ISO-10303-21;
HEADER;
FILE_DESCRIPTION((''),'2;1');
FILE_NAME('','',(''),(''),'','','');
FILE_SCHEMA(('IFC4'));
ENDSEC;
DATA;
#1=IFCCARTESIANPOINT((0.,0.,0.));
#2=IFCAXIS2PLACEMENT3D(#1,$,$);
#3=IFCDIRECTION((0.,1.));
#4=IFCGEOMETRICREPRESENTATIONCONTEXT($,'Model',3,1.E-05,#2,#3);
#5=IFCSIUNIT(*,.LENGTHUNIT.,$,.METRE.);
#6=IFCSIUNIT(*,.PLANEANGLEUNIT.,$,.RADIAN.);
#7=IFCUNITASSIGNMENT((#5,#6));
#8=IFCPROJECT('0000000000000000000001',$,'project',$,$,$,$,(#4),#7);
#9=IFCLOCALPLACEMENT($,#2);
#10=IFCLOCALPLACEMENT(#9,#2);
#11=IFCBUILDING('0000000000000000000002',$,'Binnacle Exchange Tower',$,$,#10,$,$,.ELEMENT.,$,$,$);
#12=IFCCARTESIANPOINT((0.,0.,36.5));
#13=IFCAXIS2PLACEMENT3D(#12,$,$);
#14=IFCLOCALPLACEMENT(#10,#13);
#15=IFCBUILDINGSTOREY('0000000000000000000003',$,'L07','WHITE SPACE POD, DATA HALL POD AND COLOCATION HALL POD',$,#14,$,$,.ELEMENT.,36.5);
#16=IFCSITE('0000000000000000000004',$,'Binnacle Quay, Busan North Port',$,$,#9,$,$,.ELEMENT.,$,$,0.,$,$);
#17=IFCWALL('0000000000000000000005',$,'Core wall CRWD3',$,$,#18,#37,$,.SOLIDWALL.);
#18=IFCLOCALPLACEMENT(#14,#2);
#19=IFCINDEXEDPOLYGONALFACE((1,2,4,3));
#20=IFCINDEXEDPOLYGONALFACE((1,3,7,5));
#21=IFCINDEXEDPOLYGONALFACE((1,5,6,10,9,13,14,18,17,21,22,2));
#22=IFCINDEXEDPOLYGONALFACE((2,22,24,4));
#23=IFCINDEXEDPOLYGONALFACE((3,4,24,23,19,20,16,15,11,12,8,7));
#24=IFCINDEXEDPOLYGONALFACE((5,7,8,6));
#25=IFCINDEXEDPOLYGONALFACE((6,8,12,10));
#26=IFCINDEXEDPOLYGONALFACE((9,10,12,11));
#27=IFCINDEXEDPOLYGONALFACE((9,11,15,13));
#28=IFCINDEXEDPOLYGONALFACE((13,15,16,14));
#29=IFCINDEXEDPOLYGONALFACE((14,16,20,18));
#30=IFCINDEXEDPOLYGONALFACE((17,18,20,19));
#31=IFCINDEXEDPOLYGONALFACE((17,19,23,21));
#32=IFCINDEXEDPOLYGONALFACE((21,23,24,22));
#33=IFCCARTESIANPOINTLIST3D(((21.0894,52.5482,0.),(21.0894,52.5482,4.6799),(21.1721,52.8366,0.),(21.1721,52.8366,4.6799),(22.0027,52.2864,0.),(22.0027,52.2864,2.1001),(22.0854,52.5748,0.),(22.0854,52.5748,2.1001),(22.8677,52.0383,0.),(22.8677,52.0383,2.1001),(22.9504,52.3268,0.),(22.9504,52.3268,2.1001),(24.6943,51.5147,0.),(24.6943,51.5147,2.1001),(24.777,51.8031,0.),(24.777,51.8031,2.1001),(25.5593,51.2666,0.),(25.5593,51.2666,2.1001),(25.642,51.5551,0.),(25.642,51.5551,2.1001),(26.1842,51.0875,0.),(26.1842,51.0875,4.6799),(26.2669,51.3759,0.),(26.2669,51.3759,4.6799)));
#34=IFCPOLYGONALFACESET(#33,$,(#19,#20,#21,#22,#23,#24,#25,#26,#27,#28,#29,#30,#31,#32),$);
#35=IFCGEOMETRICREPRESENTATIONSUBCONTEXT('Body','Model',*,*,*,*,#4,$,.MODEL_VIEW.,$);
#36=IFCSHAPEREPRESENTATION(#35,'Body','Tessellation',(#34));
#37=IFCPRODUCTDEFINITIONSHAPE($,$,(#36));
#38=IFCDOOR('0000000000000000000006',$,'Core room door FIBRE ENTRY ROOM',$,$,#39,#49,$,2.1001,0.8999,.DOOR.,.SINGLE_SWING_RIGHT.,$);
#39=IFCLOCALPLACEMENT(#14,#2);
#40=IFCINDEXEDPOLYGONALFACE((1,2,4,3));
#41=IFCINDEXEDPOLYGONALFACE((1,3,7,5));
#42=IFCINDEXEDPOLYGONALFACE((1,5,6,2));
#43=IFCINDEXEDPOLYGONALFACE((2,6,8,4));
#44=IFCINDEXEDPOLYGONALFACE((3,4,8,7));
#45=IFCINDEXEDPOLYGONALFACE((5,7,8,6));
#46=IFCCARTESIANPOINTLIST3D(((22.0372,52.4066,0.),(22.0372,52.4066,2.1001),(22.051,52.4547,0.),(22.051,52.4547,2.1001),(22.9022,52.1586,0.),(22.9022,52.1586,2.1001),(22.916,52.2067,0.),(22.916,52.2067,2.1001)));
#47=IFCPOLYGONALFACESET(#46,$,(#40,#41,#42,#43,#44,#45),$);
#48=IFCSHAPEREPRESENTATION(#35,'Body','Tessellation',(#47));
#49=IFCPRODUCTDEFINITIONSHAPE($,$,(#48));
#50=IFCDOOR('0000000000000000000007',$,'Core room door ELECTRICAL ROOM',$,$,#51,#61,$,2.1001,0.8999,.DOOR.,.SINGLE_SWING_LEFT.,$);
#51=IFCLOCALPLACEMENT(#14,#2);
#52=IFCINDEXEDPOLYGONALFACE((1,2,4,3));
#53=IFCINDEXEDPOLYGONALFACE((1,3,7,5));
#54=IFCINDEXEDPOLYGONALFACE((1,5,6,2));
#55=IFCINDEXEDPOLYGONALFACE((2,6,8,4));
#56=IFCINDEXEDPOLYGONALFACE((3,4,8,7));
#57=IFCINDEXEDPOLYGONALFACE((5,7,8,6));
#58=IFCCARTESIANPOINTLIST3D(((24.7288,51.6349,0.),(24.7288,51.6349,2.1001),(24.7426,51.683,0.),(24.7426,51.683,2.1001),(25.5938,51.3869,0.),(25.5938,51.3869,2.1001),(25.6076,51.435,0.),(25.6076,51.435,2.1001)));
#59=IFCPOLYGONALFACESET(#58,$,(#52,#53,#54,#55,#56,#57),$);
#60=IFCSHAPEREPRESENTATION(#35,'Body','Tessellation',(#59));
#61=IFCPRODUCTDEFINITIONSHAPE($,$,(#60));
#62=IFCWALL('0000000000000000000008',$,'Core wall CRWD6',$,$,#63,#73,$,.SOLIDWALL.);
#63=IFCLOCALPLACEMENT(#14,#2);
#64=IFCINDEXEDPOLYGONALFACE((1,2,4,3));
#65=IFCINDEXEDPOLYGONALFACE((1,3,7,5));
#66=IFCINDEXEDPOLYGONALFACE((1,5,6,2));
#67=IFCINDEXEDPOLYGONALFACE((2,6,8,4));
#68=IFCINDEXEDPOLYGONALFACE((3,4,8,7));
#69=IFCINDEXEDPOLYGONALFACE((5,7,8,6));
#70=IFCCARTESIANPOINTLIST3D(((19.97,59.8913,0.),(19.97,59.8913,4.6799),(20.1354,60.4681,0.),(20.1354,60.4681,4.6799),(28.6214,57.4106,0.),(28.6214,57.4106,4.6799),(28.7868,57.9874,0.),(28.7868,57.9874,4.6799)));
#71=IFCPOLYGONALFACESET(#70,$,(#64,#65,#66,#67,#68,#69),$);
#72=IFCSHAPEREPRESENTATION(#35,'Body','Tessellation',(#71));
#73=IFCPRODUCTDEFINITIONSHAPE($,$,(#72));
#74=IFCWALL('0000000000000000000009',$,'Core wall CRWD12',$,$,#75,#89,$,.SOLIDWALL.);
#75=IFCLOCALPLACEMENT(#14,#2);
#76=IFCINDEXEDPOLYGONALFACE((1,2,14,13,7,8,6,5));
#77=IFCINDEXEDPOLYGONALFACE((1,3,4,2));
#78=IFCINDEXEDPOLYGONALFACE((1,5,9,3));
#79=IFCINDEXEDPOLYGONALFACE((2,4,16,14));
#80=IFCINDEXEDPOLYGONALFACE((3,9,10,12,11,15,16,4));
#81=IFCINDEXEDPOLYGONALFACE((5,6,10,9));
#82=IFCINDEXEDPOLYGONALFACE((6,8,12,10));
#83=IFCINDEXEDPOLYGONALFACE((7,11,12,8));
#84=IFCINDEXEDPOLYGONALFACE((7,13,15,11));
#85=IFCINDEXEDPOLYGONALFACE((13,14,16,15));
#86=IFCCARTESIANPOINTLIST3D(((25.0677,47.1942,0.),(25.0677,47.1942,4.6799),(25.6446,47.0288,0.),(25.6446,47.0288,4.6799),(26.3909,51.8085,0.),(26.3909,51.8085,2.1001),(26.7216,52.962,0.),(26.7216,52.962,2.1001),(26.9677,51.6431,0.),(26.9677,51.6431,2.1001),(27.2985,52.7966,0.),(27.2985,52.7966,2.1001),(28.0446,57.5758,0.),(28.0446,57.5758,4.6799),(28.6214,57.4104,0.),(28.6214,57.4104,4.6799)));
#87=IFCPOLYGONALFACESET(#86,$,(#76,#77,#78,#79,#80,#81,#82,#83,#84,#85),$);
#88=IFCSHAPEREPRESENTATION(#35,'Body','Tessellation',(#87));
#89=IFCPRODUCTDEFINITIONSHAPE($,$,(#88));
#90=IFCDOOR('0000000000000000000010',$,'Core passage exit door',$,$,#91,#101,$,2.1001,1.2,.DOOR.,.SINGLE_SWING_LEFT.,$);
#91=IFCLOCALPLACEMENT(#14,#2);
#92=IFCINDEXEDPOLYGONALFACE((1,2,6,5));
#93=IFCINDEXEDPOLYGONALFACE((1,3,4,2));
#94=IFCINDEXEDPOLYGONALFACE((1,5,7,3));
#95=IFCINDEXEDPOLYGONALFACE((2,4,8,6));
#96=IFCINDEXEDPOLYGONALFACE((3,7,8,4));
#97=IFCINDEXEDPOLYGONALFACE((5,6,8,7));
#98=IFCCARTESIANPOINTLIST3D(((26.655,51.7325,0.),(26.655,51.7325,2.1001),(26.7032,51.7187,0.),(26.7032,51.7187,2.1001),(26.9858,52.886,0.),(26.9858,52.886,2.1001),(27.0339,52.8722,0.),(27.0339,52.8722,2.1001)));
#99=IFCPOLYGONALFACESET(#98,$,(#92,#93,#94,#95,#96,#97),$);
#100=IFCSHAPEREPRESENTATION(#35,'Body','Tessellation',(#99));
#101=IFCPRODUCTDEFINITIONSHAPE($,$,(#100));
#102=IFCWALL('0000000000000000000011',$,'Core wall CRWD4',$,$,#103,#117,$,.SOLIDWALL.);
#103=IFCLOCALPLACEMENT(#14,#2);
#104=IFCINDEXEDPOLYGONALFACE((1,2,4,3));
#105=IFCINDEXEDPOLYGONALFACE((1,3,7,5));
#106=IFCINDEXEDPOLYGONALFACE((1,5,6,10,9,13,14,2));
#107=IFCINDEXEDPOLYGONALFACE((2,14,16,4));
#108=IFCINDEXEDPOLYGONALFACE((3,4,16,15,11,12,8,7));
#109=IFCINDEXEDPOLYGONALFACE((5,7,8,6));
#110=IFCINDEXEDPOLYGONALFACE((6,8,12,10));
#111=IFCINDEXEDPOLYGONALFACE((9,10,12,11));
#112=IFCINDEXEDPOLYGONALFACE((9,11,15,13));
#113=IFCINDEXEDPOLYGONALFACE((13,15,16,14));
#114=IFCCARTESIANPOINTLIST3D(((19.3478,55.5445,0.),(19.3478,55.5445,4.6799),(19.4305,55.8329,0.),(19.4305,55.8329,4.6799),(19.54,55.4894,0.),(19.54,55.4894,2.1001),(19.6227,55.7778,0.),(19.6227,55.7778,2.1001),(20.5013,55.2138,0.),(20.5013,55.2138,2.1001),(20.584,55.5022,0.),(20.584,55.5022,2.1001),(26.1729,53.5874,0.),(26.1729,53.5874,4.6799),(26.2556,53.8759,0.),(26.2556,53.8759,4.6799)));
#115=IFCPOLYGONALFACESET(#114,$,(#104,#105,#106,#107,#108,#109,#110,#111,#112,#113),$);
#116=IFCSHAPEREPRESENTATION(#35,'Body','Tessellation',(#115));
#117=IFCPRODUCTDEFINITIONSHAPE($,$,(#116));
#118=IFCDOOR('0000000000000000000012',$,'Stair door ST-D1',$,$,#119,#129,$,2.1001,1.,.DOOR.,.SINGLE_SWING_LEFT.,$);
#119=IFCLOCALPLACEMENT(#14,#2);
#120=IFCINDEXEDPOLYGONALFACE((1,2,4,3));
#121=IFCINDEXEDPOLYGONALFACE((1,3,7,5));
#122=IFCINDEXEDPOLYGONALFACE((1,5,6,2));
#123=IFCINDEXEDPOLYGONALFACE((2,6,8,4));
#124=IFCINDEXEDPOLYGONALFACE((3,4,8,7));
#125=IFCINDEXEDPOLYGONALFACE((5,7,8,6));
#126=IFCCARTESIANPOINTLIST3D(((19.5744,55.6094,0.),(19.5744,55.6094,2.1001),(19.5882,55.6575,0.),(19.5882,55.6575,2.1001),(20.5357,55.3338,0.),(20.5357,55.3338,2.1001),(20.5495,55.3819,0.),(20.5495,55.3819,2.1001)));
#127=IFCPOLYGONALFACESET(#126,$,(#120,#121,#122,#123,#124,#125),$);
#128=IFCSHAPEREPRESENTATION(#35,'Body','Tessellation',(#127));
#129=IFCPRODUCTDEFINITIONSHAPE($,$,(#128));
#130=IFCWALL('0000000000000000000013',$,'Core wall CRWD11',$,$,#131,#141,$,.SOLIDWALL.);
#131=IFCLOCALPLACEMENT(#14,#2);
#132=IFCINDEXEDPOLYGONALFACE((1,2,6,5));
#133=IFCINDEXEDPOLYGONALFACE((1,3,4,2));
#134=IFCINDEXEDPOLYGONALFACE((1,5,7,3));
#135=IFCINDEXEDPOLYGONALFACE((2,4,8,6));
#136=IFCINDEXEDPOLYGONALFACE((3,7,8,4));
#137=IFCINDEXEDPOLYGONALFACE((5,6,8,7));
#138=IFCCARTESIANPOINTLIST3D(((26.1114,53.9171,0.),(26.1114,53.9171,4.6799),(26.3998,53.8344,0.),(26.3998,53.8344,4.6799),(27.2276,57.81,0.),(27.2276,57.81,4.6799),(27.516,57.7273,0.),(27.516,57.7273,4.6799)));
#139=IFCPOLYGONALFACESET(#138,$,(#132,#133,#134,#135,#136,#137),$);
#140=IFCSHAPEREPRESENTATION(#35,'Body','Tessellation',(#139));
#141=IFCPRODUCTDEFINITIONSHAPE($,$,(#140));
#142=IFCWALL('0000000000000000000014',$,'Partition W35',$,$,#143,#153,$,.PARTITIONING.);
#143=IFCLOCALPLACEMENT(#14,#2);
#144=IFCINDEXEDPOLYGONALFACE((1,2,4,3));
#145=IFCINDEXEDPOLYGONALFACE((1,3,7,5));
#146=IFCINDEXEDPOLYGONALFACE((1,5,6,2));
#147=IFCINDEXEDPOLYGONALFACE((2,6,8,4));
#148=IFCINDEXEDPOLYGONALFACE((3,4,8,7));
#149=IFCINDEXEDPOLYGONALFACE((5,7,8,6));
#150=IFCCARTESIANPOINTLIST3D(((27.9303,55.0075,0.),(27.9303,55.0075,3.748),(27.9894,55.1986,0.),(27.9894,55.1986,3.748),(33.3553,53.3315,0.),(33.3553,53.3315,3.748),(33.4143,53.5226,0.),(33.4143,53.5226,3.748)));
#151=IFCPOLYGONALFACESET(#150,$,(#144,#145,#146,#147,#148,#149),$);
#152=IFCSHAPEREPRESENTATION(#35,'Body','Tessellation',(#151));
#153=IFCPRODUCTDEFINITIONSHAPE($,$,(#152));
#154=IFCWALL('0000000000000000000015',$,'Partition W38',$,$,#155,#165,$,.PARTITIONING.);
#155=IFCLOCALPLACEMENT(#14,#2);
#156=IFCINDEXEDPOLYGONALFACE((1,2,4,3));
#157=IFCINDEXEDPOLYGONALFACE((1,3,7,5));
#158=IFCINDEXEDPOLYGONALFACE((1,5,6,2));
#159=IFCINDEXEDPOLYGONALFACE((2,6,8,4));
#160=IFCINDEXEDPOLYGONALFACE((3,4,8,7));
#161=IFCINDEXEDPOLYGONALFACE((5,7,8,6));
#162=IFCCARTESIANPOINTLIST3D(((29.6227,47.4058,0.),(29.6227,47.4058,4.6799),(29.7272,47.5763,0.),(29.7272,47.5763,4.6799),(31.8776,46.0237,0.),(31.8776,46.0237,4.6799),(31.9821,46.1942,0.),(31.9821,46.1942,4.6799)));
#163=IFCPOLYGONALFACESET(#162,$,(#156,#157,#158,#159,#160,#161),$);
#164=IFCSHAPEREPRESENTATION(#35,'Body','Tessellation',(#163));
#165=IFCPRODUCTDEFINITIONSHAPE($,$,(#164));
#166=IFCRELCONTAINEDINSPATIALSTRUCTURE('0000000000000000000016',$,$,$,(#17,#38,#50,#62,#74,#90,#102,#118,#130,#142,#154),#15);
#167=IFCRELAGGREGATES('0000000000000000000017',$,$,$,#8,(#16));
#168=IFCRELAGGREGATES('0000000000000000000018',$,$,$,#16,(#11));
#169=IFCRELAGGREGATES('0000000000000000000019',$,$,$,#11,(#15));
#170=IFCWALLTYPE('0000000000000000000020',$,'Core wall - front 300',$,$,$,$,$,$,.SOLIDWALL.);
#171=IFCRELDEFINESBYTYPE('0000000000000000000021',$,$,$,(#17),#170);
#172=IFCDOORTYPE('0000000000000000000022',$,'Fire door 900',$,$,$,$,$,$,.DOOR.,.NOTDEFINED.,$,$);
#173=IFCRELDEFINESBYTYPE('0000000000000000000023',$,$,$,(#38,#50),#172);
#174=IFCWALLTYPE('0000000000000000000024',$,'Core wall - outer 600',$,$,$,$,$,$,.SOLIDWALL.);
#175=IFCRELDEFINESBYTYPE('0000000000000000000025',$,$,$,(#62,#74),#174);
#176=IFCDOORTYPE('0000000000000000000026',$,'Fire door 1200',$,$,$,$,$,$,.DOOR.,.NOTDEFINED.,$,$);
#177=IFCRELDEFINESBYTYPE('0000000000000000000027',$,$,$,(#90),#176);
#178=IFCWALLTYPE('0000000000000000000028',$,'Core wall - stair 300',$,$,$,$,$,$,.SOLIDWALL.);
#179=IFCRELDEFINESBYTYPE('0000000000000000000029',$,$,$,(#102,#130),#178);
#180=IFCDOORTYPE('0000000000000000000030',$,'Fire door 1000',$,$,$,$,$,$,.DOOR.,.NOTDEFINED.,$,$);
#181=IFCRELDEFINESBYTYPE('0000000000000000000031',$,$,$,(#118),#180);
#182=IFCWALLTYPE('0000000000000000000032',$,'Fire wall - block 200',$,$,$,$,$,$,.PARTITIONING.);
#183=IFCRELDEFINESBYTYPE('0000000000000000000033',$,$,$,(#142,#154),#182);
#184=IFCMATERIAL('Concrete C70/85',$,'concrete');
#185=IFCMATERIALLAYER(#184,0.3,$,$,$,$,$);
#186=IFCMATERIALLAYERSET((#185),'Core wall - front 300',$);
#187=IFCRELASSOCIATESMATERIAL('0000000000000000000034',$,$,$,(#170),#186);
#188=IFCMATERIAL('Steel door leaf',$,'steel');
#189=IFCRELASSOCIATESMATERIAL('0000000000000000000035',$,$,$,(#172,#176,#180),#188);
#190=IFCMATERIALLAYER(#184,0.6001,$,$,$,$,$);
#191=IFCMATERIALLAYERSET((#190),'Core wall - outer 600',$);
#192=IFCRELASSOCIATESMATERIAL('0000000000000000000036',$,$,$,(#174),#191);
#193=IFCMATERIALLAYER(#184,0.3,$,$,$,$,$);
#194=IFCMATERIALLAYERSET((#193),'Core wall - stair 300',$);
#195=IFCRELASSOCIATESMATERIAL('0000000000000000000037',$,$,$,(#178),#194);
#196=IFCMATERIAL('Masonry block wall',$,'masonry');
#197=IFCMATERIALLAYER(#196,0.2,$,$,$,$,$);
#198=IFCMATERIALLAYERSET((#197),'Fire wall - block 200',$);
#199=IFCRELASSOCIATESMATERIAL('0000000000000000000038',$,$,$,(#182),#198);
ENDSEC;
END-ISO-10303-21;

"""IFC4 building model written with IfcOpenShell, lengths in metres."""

from ifc_helpers import new_model, si_unit, direction, frame, frame_2d, origin, place, context, subcontext, project, spatial, rectangle, extrude, material, layer, layer_set, type_object, element, fill, save


model = new_model("IFC4")

# Units and contexts
model_context = context("Model", 3, precision=1e-05, world=origin(), true_north=direction((0.0, 1.0)))
body_context = subcontext(model_context, "Body", "Model", "MODEL_VIEW")
ifc_project = project(units=[si_unit("LENGTHUNIT", "METRE"), si_unit("PLANEANGLEUNIT", "RADIAN")], contexts=[model_context])

# Site, building, storey
site_placement = place(None, origin())
site = spatial("IfcSite", under=ifc_project, at=site_placement, Name="Binnacle Quay, Busan North Port", CompositionType="ELEMENT", RefElevation=0.0)
building_placement = place(site_placement, origin())
building = spatial("IfcBuilding", under=site, at=building_placement, Name="Binnacle Exchange Tower", CompositionType="ELEMENT")
storey_placement = place(building_placement, frame((0.0, 0.0, 36.5)))
storey = spatial("IfcBuildingStorey", under=building, at=storey_placement, Name="L07", Description="WHITE SPACE POD, DATA HALL POD AND COLOCATION HALL POD", CompositionType="ELEMENT", Elevation=36.5)

# Shared definitions
ifc_material_1 = material(Name="Concrete C70/85", Category="concrete")

# Wall, openings, doors
ifc_layer_1 = layer(ifc_material_1, 0.3)
ifc_layer_set_1 = layer_set([ifc_layer_1], Name="Core wall - front 300")
wall_type_1 = type_object("IfcWallType", Name="Core wall - front 300", PredefinedType="SOLIDWALL", material=ifc_layer_set_1)
wall_1_placement = place(storey_placement, frame((21.1309, 52.6924, 0.0), z_axis=(0.0, 0.0, 1.0), x_axis=(0.961271, -0.275603, 0.0)))
wall_1 = element("IfcWall", 1, at=wall_1_placement, inside=storey, type_object=wall_type_1, Name="Core wall CRWD3", PredefinedType="SOLIDWALL", context=body_context, shape_type="SweptSolid", body=[
    extrude(rectangle(XDim=5.3, YDim=0.3, at=frame_2d((2.6499, 0.0))), origin(), (0.0, 0.0, 1.0), 4.6799),
])
opening_1_placement = place(wall_1_placement, frame((0.95, 0.0, 0.0)))
opening_1 = element("IfcOpeningElement", 2, at=opening_1_placement, cuts=wall_1, PredefinedType="OPENING", context=body_context, shape_type="SweptSolid", body=[
    extrude(rectangle(XDim=0.8999, YDim=2.1001, at=frame_2d((0.45, 1.05))), frame((0.0, 0.1599, 0.0), z_axis=(0.0, -1.0, 0.0), x_axis=(1.0, 0.0, 0.0)), (0.0, 0.0, 1.0), 0.3201),
])
opening_2_placement = place(wall_1_placement, frame((3.75, 0.0, 0.0)))
opening_2 = element("IfcOpeningElement", 3, at=opening_2_placement, cuts=wall_1, PredefinedType="OPENING", context=body_context, shape_type="SweptSolid", body=[
    extrude(rectangle(XDim=0.8999, YDim=2.1001, at=frame_2d((0.45, 1.05))), frame((0.0, 0.1599, 0.0), z_axis=(0.0, -1.0, 0.0), x_axis=(1.0, 0.0, 0.0)), (0.0, 0.0, 1.0), 0.3201),
])
ifc_material_2 = material(Name="Steel door leaf", Category="steel")
door_type_1 = type_object("IfcDoorType", Name="Fire door 900", OperationType="NOTDEFINED", PredefinedType="DOOR", material=ifc_material_2)
door_1_placement = place(opening_1_placement, frame((0.8999, 0.0, 0.0), z_axis=(0.0, 0.0, 1.0), x_axis=(-1.0, 0.0, 0.0)))
door_1 = element("IfcDoor", 4, at=door_1_placement, inside=storey, type_object=door_type_1, Name="Core room door FIBRE ENTRY ROOM", OperationType="SINGLE_SWING_RIGHT", OverallHeight=2.1001, OverallWidth=0.8999, PredefinedType="DOOR", context=body_context, shape_type="SweptSolid", body=[
    extrude(rectangle(XDim=0.8999, YDim=2.1001, at=frame_2d((0.45, 1.05))), frame((0.0, 0.0249, 0.0), z_axis=(0.0, -1.0, 0.0), x_axis=(1.0, 0.0, 0.0)), (0.0, 0.0, 1.0), 0.05),
])
fill(opening_1, door_1)
door_2_placement = place(opening_2_placement, frame((0.8999, 0.0, 0.0), z_axis=(0.0, 0.0, 1.0), x_axis=(-1.0, 0.0, 0.0)))
door_2 = element("IfcDoor", 5, at=door_2_placement, inside=storey, type_object=door_type_1, Name="Core room door ELECTRICAL ROOM", OperationType="SINGLE_SWING_LEFT", OverallHeight=2.1001, OverallWidth=0.8999, PredefinedType="DOOR", context=body_context, shape_type="SweptSolid", body=[
    extrude(rectangle(XDim=0.8999, YDim=2.1001, at=frame_2d((0.45, 1.05))), frame((0.0, 0.0249, 0.0), z_axis=(0.0, -1.0, 0.0), x_axis=(1.0, 0.0, 0.0)), (0.0, 0.0, 1.0), 0.05),
])
fill(opening_2, door_2)

# Wall
ifc_layer_2 = layer(ifc_material_1, 0.6001)
ifc_layer_set_2 = layer_set([ifc_layer_2], Name="Core wall - outer 600")
wall_type_2 = type_object("IfcWallType", Name="Core wall - outer 600", PredefinedType="SOLIDWALL", material=ifc_layer_set_2)
wall_2_placement = place(storey_placement, frame((20.0527, 60.1797, 0.0), z_axis=(0.0, 0.0, 1.0), x_axis=(0.961262, -0.275635, 0.0)))
element("IfcWall", 6, at=wall_2_placement, inside=storey, type_object=wall_type_2, Name="Core wall CRWD6", PredefinedType="SOLIDWALL", context=body_context, shape_type="SweptSolid", body=[
    extrude(rectangle(XDim=9.0, YDim=0.6001, at=frame_2d((4.5, 0.0))), origin(), (0.0, 0.0, 1.0), 4.6799),
])

# Walls, openings, doors
wall_3_placement = place(storey_placement, frame((25.3562, 47.1116, 0.0), z_axis=(0.0, 0.0, 1.0), x_axis=(0.275632, 0.961263, 0.0)))
wall_3 = element("IfcWall", 7, at=wall_3_placement, inside=storey, type_object=wall_type_2, Name="Core wall CRWD12", PredefinedType="SOLIDWALL", context=body_context, shape_type="SweptSolid", body=[
    extrude(rectangle(XDim=10.8, YDim=0.6001, at=frame_2d((5.3999, 0.0))), origin(), (0.0, 0.0, 1.0), 4.6799),
])
opening_3_placement = place(wall_3_placement, frame((4.8, 0.0, 0.0)))
opening_3 = element("IfcOpeningElement", 8, at=opening_3_placement, cuts=wall_3, PredefinedType="OPENING", context=body_context, shape_type="SweptSolid", body=[
    extrude(rectangle(XDim=1.2, YDim=2.1001, at=frame_2d((0.6001, 1.05))), frame((0.0, 0.3101, 0.0), z_axis=(0.0, -1.0, 0.0), x_axis=(1.0, 0.0, 0.0)), (0.0, 0.0, 1.0), 0.6201),
])
door_type_2 = type_object("IfcDoorType", Name="Fire door 1200", OperationType="NOTDEFINED", PredefinedType="DOOR", material=ifc_material_2)
door_3_placement = place(opening_3_placement, frame((1.2, 0.0, 0.0), z_axis=(0.0, 0.0, 1.0), x_axis=(-1.0, 0.0, 0.0)))
door_3 = element("IfcDoor", 9, at=door_3_placement, inside=storey, type_object=door_type_2, Name="Core passage exit door", OperationType="SINGLE_SWING_LEFT", OverallHeight=2.1001, OverallWidth=1.2, PredefinedType="DOOR", context=body_context, shape_type="SweptSolid", body=[
    extrude(rectangle(XDim=1.2, YDim=2.1001, at=frame_2d((0.6001, 1.05))), frame((0.0, 0.0249, 0.0), z_axis=(0.0, -1.0, 0.0), x_axis=(1.0, 0.0, 0.0)), (0.0, 0.0, 1.0), 0.05),
])
fill(opening_3, door_3)
ifc_layer_3 = layer(ifc_material_1, 0.3)
ifc_layer_set_3 = layer_set([ifc_layer_3], Name="Core wall - stair 300")
wall_type_3 = type_object("IfcWallType", Name="Core wall - stair 300", PredefinedType="SOLIDWALL", material=ifc_layer_set_3)
wall_4_placement = place(storey_placement, frame((19.3892, 55.6887, 0.0), z_axis=(0.0, 0.0, 1.0), x_axis=(0.961261, -0.275638, 0.0)))
wall_4 = element("IfcWall", 10, at=wall_4_placement, inside=storey, type_object=wall_type_3, Name="Core wall CRWD4", PredefinedType="SOLIDWALL", context=body_context, shape_type="SweptSolid", body=[
    extrude(rectangle(XDim=7.1001, YDim=0.3, at=frame_2d((3.55, 0.0))), origin(), (0.0, 0.0, 1.0), 4.6799),
])
opening_4_placement = place(wall_4_placement, frame((0.2, 0.0, 0.0)))
opening_4 = element("IfcOpeningElement", 11, at=opening_4_placement, cuts=wall_4, PredefinedType="OPENING", context=body_context, shape_type="SweptSolid", body=[
    extrude(rectangle(XDim=1.0, YDim=2.1001, at=frame_2d((0.5, 1.05))), frame((0.0, 0.1599, 0.0), z_axis=(0.0, -1.0, 0.0), x_axis=(1.0, 0.0, 0.0)), (0.0, 0.0, 1.0), 0.3201),
])
door_type_3 = type_object("IfcDoorType", Name="Fire door 1000", OperationType="NOTDEFINED", PredefinedType="DOOR", material=ifc_material_2)
door_4_placement = place(opening_4_placement, origin())
door_4 = element("IfcDoor", 12, at=door_4_placement, inside=storey, type_object=door_type_3, Name="Stair door ST-D1", OperationType="SINGLE_SWING_LEFT", OverallHeight=2.1001, OverallWidth=1.0, PredefinedType="DOOR", context=body_context, shape_type="SweptSolid", body=[
    extrude(rectangle(XDim=1.0, YDim=2.1001, at=frame_2d((0.5, 1.05))), frame((0.0, 0.0249, 0.0), z_axis=(0.0, -1.0, 0.0), x_axis=(1.0, 0.0, 0.0)), (0.0, 0.0, 1.0), 0.05),
])
fill(opening_4, door_4)

# Walls
wall_5_placement = place(storey_placement, frame((26.2556, 53.8757, 0.0), z_axis=(0.0, 0.0, 1.0), x_axis=(0.275613, 0.961269, 0.0)))
element("IfcWall", 13, at=wall_5_placement, inside=storey, type_object=wall_type_3, Name="Core wall CRWD11", PredefinedType="SOLIDWALL", context=body_context, shape_type="SweptSolid", body=[
    extrude(rectangle(XDim=4.0498, YDim=0.3, at=frame_2d((2.0249, 0.0))), origin(), (0.0, 0.0, 1.0), 4.6799),
])
ifc_material_3 = material(Name="Masonry block wall", Category="masonry")
ifc_layer_4 = layer(ifc_material_3, 0.2)
ifc_layer_set_4 = layer_set([ifc_layer_4], Name="Fire wall - block 200")
wall_type_4 = type_object("IfcWallType", Name="Fire wall - block 200", PredefinedType="PARTITIONING", material=ifc_layer_set_4)
wall_6_placement = place(storey_placement, frame((27.96, 55.103, 0.0), z_axis=(0.0, 0.0, 1.0), x_axis=(0.955443, -0.295176, 0.0)))
element("IfcWall", 14, at=wall_6_placement, inside=storey, type_object=wall_type_4, Name="Partition W35", PredefinedType="PARTITIONING", context=body_context, shape_type="SweptSolid", body=[
    extrude(rectangle(XDim=5.678, YDim=0.2, at=frame_2d((2.8389, 0.0))), origin(), (0.0, 0.0, 1.0), 3.748),
])
wall_7_placement = place(storey_placement, frame((29.675, 47.491, 0.0), z_axis=(0.0, 0.0, 1.0), x_axis=(0.852592, -0.522577, 0.0)))
element("IfcWall", 15, at=wall_7_placement, inside=storey, type_object=wall_type_4, Name="Partition W38", PredefinedType="PARTITIONING", context=body_context, shape_type="SweptSolid", body=[
    extrude(rectangle(XDim=2.6448, YDim=0.2, at=frame_2d((1.3223, 0.0))), origin(), (0.0, 0.0, 1.0), 4.6799),
])

save(model, "model.ifc")
